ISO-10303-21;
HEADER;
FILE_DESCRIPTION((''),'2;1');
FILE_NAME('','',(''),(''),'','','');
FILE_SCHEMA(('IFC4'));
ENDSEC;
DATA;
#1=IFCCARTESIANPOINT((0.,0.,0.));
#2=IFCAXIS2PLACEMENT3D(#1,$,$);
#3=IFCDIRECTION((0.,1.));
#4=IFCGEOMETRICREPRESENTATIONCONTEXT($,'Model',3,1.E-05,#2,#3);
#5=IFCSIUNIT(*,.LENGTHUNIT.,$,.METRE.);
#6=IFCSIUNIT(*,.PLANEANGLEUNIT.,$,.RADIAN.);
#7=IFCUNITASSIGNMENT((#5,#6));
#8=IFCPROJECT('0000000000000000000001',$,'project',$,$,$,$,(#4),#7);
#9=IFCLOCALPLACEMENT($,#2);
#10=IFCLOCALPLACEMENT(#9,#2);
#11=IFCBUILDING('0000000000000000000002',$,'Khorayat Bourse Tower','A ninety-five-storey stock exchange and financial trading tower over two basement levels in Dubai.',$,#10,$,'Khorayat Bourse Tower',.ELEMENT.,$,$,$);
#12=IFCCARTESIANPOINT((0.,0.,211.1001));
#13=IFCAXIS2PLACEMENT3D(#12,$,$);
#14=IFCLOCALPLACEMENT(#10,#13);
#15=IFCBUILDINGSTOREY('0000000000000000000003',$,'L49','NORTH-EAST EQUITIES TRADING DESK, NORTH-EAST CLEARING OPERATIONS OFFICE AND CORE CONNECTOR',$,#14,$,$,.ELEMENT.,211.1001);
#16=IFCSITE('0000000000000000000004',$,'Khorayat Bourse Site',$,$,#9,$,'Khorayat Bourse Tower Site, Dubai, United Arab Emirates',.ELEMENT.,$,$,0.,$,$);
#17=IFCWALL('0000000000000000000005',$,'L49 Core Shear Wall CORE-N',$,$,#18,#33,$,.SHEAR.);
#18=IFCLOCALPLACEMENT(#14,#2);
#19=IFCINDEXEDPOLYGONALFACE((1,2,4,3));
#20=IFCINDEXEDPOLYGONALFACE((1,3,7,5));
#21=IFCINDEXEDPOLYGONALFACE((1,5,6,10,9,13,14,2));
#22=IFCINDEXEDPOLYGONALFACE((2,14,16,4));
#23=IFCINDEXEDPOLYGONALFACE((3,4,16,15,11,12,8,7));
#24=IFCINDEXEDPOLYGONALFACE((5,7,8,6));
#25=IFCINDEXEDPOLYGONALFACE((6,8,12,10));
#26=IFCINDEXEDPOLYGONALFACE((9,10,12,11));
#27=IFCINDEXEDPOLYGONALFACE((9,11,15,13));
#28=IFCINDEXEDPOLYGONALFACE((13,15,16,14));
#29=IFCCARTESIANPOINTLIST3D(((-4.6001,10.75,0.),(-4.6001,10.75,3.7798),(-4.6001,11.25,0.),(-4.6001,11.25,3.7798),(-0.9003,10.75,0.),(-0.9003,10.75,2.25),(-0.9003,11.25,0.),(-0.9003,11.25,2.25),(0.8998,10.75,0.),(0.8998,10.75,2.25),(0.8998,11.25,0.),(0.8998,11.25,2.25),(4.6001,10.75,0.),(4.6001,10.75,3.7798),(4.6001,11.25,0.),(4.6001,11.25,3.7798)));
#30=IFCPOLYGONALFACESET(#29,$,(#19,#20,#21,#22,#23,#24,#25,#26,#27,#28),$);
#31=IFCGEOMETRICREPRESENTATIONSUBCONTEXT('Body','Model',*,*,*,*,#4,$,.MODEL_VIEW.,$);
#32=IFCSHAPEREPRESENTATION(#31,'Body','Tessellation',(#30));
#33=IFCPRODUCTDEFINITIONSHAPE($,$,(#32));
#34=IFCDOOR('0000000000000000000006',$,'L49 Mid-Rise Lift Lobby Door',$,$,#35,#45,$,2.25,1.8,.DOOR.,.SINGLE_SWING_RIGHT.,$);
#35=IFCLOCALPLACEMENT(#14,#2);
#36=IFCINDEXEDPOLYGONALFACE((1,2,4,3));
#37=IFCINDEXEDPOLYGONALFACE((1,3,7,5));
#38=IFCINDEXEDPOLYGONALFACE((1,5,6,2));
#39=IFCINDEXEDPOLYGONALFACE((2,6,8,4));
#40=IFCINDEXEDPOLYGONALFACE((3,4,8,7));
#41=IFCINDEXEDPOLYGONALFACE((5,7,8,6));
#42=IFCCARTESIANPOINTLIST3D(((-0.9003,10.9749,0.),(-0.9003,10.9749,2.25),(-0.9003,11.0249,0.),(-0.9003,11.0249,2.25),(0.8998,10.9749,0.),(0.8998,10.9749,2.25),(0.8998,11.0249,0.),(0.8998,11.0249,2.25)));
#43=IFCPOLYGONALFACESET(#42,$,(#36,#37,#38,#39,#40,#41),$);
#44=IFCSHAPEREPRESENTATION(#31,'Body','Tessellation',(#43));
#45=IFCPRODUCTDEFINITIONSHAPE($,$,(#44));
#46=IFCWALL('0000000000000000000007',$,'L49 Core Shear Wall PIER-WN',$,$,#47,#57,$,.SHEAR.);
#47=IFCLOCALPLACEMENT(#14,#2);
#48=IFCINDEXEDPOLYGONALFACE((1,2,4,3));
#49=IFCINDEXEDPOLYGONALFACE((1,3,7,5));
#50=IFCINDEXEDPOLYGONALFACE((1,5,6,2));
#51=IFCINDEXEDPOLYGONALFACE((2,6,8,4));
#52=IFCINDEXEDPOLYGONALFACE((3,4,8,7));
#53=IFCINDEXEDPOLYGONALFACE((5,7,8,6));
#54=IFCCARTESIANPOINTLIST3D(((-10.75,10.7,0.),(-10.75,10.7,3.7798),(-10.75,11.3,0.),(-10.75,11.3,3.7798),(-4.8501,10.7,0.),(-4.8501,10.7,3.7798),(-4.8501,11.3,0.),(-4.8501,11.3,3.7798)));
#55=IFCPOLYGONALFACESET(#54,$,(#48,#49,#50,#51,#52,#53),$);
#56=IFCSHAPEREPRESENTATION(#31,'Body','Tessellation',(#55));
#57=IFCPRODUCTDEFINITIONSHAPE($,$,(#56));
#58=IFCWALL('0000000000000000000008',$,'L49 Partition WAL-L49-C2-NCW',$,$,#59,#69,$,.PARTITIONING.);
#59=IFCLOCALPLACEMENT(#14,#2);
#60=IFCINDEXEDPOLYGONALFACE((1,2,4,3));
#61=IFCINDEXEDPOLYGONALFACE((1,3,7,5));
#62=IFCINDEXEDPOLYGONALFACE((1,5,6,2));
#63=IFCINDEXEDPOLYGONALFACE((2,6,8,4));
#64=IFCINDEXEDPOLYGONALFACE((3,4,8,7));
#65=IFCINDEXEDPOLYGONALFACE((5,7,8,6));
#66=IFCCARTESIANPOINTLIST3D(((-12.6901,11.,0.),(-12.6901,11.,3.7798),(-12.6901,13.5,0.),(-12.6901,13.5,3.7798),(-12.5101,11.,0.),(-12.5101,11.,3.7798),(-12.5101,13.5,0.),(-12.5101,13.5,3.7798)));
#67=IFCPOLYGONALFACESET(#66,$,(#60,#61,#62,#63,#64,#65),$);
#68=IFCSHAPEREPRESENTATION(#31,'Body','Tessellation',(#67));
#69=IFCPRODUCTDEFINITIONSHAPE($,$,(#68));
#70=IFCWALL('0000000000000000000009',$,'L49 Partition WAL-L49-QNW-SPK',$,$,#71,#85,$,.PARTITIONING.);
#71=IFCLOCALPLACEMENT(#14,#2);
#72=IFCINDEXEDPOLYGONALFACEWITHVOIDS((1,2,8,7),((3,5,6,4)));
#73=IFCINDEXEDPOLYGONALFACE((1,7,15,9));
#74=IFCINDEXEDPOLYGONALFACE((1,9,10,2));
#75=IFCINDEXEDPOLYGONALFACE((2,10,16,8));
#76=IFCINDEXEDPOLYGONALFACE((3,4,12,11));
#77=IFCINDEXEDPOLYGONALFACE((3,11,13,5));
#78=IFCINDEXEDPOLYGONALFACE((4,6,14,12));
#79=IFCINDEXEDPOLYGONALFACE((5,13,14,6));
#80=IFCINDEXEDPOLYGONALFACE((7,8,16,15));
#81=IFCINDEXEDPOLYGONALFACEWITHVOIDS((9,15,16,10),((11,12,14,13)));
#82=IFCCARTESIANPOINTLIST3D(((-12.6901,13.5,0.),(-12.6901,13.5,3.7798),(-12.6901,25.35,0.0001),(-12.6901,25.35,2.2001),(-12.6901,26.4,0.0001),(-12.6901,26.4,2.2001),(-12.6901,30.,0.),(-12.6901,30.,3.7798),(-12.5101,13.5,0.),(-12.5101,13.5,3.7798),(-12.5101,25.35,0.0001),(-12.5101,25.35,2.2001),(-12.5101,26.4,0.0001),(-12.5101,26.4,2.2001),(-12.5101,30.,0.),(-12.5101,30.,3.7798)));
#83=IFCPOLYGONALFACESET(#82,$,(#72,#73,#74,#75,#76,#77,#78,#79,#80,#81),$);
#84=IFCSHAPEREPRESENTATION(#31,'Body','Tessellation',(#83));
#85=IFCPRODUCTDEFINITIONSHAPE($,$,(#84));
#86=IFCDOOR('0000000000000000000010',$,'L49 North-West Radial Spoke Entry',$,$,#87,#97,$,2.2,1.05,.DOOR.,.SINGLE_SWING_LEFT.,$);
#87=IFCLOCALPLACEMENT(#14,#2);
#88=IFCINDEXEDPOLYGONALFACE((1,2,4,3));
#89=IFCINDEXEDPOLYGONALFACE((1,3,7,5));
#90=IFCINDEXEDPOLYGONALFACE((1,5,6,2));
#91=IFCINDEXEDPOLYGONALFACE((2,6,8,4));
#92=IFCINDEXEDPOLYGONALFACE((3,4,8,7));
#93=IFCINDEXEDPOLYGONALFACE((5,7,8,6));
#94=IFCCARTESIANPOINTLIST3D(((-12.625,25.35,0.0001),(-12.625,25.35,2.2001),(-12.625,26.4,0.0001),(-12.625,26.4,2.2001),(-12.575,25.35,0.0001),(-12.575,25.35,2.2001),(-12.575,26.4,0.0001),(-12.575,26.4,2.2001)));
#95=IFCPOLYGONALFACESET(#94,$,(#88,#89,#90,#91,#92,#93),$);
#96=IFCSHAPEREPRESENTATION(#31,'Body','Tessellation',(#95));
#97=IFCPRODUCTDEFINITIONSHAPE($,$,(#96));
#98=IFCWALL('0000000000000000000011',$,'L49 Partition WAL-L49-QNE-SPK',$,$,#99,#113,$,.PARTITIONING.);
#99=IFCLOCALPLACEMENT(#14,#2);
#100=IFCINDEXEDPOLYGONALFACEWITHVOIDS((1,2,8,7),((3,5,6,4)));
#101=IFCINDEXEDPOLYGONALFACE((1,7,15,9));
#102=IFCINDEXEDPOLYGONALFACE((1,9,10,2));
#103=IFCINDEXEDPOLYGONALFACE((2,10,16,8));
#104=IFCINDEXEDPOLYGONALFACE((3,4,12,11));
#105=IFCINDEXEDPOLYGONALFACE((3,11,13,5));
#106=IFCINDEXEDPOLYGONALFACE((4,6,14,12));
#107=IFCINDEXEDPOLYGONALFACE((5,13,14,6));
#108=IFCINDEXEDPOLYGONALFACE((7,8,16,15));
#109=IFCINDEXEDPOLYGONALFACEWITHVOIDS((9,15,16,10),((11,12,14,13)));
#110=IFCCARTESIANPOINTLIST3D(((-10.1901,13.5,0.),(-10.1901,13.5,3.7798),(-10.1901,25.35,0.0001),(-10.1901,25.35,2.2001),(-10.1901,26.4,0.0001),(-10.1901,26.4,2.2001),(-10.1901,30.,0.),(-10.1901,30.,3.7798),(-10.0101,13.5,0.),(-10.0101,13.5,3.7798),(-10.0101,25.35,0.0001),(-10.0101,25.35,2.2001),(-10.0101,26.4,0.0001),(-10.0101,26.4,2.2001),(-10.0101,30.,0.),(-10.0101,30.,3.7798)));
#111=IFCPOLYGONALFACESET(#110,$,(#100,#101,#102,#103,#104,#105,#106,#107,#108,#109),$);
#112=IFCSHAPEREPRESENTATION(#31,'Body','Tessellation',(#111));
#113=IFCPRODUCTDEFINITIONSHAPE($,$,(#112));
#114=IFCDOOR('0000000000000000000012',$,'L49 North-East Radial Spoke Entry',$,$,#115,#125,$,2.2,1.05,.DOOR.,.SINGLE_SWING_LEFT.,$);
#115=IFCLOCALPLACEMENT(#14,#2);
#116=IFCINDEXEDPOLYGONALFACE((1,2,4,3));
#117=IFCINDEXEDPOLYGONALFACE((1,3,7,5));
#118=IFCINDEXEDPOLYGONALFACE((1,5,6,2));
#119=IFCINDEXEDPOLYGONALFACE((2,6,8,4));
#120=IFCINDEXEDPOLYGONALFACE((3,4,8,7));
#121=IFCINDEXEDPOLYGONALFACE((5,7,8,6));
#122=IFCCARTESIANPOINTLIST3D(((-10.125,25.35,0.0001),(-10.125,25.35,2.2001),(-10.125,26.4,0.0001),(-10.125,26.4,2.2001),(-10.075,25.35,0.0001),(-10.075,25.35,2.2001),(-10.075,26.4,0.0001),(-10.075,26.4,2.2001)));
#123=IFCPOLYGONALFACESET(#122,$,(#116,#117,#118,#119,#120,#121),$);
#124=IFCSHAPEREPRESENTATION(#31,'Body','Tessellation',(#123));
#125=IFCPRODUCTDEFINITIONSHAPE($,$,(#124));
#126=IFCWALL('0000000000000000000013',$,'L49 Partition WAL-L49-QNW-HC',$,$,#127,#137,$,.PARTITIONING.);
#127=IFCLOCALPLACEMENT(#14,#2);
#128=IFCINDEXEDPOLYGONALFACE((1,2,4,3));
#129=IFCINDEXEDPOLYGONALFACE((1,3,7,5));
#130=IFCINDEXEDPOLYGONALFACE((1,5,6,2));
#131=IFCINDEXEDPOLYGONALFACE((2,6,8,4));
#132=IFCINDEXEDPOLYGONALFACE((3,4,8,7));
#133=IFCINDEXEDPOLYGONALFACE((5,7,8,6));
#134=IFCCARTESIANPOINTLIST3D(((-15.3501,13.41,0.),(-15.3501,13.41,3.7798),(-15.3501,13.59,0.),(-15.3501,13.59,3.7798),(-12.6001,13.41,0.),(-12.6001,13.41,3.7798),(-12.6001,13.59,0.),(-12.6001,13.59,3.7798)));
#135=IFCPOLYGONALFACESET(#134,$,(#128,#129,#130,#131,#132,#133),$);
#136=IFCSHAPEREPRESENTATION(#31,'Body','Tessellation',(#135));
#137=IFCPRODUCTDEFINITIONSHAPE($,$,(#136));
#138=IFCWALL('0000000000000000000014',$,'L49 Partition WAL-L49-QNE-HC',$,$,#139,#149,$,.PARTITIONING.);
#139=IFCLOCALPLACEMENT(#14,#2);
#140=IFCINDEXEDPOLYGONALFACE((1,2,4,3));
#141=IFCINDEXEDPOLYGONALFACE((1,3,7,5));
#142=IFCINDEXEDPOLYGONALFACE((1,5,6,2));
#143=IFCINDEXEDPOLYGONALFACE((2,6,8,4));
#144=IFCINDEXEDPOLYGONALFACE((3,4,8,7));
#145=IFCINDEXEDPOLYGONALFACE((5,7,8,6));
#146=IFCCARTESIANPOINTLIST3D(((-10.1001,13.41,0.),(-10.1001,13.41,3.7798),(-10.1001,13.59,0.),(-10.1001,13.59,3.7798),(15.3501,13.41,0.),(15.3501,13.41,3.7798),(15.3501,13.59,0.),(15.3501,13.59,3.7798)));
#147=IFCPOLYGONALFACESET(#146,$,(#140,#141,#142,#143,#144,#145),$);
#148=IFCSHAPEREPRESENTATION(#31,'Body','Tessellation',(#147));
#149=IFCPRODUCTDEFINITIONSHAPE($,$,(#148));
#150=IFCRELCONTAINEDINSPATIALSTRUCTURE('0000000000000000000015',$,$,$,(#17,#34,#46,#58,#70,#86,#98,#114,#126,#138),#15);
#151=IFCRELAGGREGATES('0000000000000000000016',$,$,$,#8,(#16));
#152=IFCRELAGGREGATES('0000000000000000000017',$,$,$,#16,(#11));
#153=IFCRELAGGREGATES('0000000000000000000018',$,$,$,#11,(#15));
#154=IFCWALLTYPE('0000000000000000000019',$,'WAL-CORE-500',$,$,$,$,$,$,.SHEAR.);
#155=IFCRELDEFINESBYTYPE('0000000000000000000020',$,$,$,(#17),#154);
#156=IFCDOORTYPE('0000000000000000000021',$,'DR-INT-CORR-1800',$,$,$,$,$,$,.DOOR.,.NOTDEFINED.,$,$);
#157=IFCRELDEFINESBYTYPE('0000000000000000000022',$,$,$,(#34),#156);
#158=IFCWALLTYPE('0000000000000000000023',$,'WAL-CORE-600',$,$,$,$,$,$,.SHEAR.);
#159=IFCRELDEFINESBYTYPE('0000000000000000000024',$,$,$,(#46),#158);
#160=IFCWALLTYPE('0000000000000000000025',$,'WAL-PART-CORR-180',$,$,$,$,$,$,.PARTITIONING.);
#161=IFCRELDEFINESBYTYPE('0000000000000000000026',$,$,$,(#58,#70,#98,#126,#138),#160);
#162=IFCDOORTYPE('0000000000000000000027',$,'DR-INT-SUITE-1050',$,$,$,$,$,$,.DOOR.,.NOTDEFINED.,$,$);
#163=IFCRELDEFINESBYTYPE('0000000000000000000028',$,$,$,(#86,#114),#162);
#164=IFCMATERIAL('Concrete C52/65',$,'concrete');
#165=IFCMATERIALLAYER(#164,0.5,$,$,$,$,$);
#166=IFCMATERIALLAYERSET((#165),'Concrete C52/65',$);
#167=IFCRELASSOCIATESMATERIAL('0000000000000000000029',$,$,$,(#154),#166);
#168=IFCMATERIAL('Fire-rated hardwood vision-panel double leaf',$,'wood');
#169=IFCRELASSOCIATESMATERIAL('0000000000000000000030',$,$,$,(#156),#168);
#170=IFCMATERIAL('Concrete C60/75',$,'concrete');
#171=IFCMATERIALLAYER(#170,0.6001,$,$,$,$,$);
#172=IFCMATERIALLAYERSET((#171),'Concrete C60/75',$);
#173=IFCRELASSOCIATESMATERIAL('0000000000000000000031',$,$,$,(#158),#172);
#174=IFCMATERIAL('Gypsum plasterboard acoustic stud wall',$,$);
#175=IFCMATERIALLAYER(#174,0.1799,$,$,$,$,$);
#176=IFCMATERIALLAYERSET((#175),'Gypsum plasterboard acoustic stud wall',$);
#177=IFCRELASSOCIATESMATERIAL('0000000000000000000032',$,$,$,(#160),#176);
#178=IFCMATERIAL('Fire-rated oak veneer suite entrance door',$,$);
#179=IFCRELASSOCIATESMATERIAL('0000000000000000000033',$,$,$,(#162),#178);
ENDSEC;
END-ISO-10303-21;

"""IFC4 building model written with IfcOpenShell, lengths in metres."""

from ifc_helpers import new_model, si_unit, direction, frame, frame_2d, origin, place, context, subcontext, project, spatial, rectangle, extrude, source, transform, mapped, material, layer, layer_set, type_object, element, fill, save


model = new_model("IFC4")

# Units and contexts
model_context = context("Model", 3, precision=1e-05, world=origin(), true_north=direction((0.0, 1.0)))
body_context = subcontext(model_context, "Body", "Model", "MODEL_VIEW")
ifc_project = project(units=[si_unit("LENGTHUNIT", "METRE"), si_unit("PLANEANGLEUNIT", "RADIAN")], contexts=[model_context])

# Site, building, storey
site_placement = place(None, origin())
site = spatial("IfcSite", under=ifc_project, at=site_placement, Name="Khorayat Bourse Site", LongName="Khorayat Bourse Tower Site, Dubai, United Arab Emirates", CompositionType="ELEMENT", RefElevation=0.0)
building_placement = place(site_placement, origin())
building = spatial("IfcBuilding", under=site, at=building_placement, Name="Khorayat Bourse Tower", Description="A ninety-five-storey stock exchange and financial trading tower over two basement levels in Dubai.", LongName="Khorayat Bourse Tower", CompositionType="ELEMENT")
storey_placement = place(building_placement, frame((0.0, 0.0, 211.1001)))
storey = spatial("IfcBuildingStorey", under=building, at=storey_placement, Name="L49", Description="NORTH-EAST EQUITIES TRADING DESK, NORTH-EAST CLEARING OPERATIONS OFFICE AND CORE CONNECTOR", CompositionType="ELEMENT", Elevation=211.1001)

# Shared definitions
ifc_material_1 = material(Name="Concrete C60/75", Category="concrete")

# Wall, opening, door
ifc_material_2 = material(Name="Concrete C52/65", Category="concrete")
ifc_layer_1 = layer(ifc_material_2, 0.5)
ifc_layer_set_1 = layer_set([ifc_layer_1], Name="Concrete C52/65")
wall_type_1 = type_object("IfcWallType", Name="WAL-CORE-500", PredefinedType="SHEAR", material=ifc_layer_set_1)
shared_shape_1 = source(origin(), body_context, "Body", "SweptSolid", [
    extrude(rectangle(XDim=9.2002, YDim=0.5, at=frame_2d((4.6001, 0.0))), origin(), (0.0, 0.0, 1.0), 3.7798),
])
wall_1_placement = place(storey_placement, frame((-4.6001, 11.0, 0.0), z_axis=(0.0, 0.0, 1.0), x_axis=(1.0, 0.0, 0.0)))
wall_1 = element("IfcWall", 1, at=wall_1_placement, inside=storey, type_object=wall_type_1, Name="L49 Core Shear Wall CORE-N", PredefinedType="SHEAR", context=body_context, shape_type="MappedRepresentation", body=[
    mapped(shared_shape_1, transform((0.0, 0.0, 0.0), scale=1.0)),
])
shared_shape_2 = source(origin(), body_context, "Body", "SweptSolid", [
    extrude(rectangle(XDim=1.8, YDim=2.25, at=frame_2d((0.8999, 1.125))), frame((0.0, 0.26, 0.0), z_axis=(0.0, -1.0, 0.0), x_axis=(1.0, 0.0, 0.0)), (0.0, 0.0, 1.0), 0.52),
])
opening_1_placement = place(wall_1_placement, frame((3.7, 0.0, 0.0)))
opening_1 = element("IfcOpeningElement", 2, at=opening_1_placement, cuts=wall_1, PredefinedType="OPENING", context=body_context, shape_type="MappedRepresentation", body=[
    mapped(shared_shape_2, transform((0.0, 0.0, 0.0), scale=1.0)),
])
ifc_material_3 = material(Name="Fire-rated hardwood vision-panel double leaf", Category="wood")
door_type_1 = type_object("IfcDoorType", Name="DR-INT-CORR-1800", OperationType="NOTDEFINED", PredefinedType="DOOR", material=ifc_material_3)
shared_shape_3 = source(origin(), body_context, "Body", "SweptSolid", [
    extrude(rectangle(XDim=1.8, YDim=2.25, at=frame_2d((0.8999, 1.125))), frame((0.0, 0.0249, 0.0), z_axis=(0.0, -1.0, 0.0), x_axis=(1.0, 0.0, 0.0)), (0.0, 0.0, 1.0), 0.05),
])
door_1_placement = place(opening_1_placement, origin())
door_1 = element("IfcDoor", 3, at=door_1_placement, inside=storey, type_object=door_type_1, Name="L49 Mid-Rise Lift Lobby Door", OperationType="SINGLE_SWING_RIGHT", OverallHeight=2.25, OverallWidth=1.8, PredefinedType="DOOR", context=body_context, shape_type="MappedRepresentation", body=[
    mapped(shared_shape_3, transform((0.0, 0.0, 0.0), scale=1.0)),
])
fill(opening_1, door_1)

# Walls
ifc_layer_2 = layer(ifc_material_1, 0.6001)
ifc_layer_set_2 = layer_set([ifc_layer_2], Name="Concrete C60/75")
wall_type_2 = type_object("IfcWallType", Name="WAL-CORE-600", PredefinedType="SHEAR", material=ifc_layer_set_2)
shared_shape_4 = source(origin(), body_context, "Body", "SweptSolid", [
    extrude(rectangle(XDim=5.8999, YDim=0.6001, at=frame_2d((2.95, 0.0))), origin(), (0.0, 0.0, 1.0), 3.7798),
])
wall_2_placement = place(storey_placement, frame((-10.75, 11.0, 0.0), z_axis=(0.0, 0.0, 1.0), x_axis=(1.0, 0.0, 0.0)))
element("IfcWall", 4, at=wall_2_placement, inside=storey, type_object=wall_type_2, Name="L49 Core Shear Wall PIER-WN", PredefinedType="SHEAR", context=body_context, shape_type="MappedRepresentation", body=[
    mapped(shared_shape_4, transform((0.0, 0.0, 0.0), scale=1.0)),
])
ifc_material_4 = material(Name="Gypsum plasterboard acoustic stud wall")
ifc_layer_3 = layer(ifc_material_4, 0.1799)
ifc_layer_set_3 = layer_set([ifc_layer_3], Name="Gypsum plasterboard acoustic stud wall")
wall_type_3 = type_object("IfcWallType", Name="WAL-PART-CORR-180", PredefinedType="PARTITIONING", material=ifc_layer_set_3)
shared_shape_5 = source(origin(), body_context, "Body", "SweptSolid", [
    extrude(rectangle(XDim=2.5, YDim=0.1799, at=frame_2d((1.25, 0.0))), origin(), (0.0, 0.0, 1.0), 3.7798),
])
wall_3_placement = place(storey_placement, frame((-12.6001, 11.0, 0.0), z_axis=(0.0, 0.0, 1.0), x_axis=(0.0, 1.0, 0.0)))
element("IfcWall", 5, at=wall_3_placement, inside=storey, type_object=wall_type_3, Name="L49 Partition WAL-L49-C2-NCW", PredefinedType="PARTITIONING", context=body_context, shape_type="MappedRepresentation", body=[
    mapped(shared_shape_5, transform((0.0, 0.0, 0.0), scale=1.0)),
])

# Walls, openings, doors
shared_shape_6 = source(origin(), body_context, "Body", "SweptSolid", [
    extrude(rectangle(XDim=16.5, YDim=0.1799, at=frame_2d((8.25, 0.0))), origin(), (0.0, 0.0, 1.0), 3.7798),
])
wall_4_placement = place(storey_placement, frame((-12.6001, 13.5, 0.0), z_axis=(0.0, 0.0, 1.0), x_axis=(0.0, 1.0, 0.0)))
wall_4 = element("IfcWall", 6, at=wall_4_placement, inside=storey, type_object=wall_type_3, Name="L49 Partition WAL-L49-QNW-SPK", PredefinedType="PARTITIONING", context=body_context, shape_type="MappedRepresentation", body=[
    mapped(shared_shape_6, transform((0.0, 0.0, 0.0), scale=1.0)),
])
shared_shape_7 = source(origin(), body_context, "Body", "SweptSolid", [
    extrude(rectangle(XDim=1.05, YDim=2.2, at=frame_2d((0.5249, 1.1001))), frame((0.0, 0.0999, 0.0), z_axis=(0.0, -1.0, 0.0), x_axis=(1.0, 0.0, 0.0)), (0.0, 0.0, 1.0), 0.2),
])
opening_2_placement = place(wall_4_placement, frame((11.8501, 0.0, 0.0)))
opening_2 = element("IfcOpeningElement", 7, at=opening_2_placement, cuts=wall_4, PredefinedType="OPENING", context=body_context, shape_type="MappedRepresentation", body=[
    mapped(shared_shape_7, transform((0.0, 0.0, 0.0), scale=1.0)),
])
ifc_material_5 = material(Name="Fire-rated oak veneer suite entrance door")
door_type_2 = type_object("IfcDoorType", Name="DR-INT-SUITE-1050", OperationType="NOTDEFINED", PredefinedType="DOOR", material=ifc_material_5)
shared_shape_8 = source(origin(), body_context, "Body", "SweptSolid", [
    extrude(rectangle(XDim=1.05, YDim=2.2, at=frame_2d((0.5249, 1.1001))), frame((0.0, 0.0249, 0.0), z_axis=(0.0, -1.0, 0.0), x_axis=(1.0, 0.0, 0.0)), (0.0, 0.0, 1.0), 0.05),
])
door_2_placement = place(opening_2_placement, origin())
door_2 = element("IfcDoor", 8, at=door_2_placement, inside=storey, type_object=door_type_2, Name="L49 North-West Radial Spoke Entry", OperationType="SINGLE_SWING_LEFT", OverallHeight=2.2, OverallWidth=1.05, PredefinedType="DOOR", context=body_context, shape_type="MappedRepresentation", body=[
    mapped(shared_shape_8, transform((0.0, 0.0, 0.0), scale=1.0)),
])
fill(opening_2, door_2)
wall_5_placement = place(storey_placement, frame((-10.1001, 13.5, 0.0), z_axis=(0.0, 0.0, 1.0), x_axis=(0.0, 1.0, 0.0)))
wall_5 = element("IfcWall", 9, at=wall_5_placement, inside=storey, type_object=wall_type_3, Name="L49 Partition WAL-L49-QNE-SPK", PredefinedType="PARTITIONING", context=body_context, shape_type="MappedRepresentation", body=[
    mapped(shared_shape_6, transform((0.0, 0.0, 0.0), scale=1.0)),
])
opening_3_placement = place(wall_5_placement, frame((11.8501, 0.0, 0.0)))
opening_3 = element("IfcOpeningElement", 10, at=opening_3_placement, cuts=wall_5, PredefinedType="OPENING", context=body_context, shape_type="MappedRepresentation", body=[
    mapped(shared_shape_7, transform((0.0, 0.0, 0.0), scale=1.0)),
])
door_3_placement = place(opening_3_placement, origin())
door_3 = element("IfcDoor", 11, at=door_3_placement, inside=storey, type_object=door_type_2, Name="L49 North-East Radial Spoke Entry", OperationType="SINGLE_SWING_LEFT", OverallHeight=2.2, OverallWidth=1.05, PredefinedType="DOOR", context=body_context, shape_type="MappedRepresentation", body=[
    mapped(shared_shape_8, transform((0.0, 0.0, 0.0), scale=1.0)),
])
fill(opening_3, door_3)

# Walls
shared_shape_9 = source(origin(), body_context, "Body", "SweptSolid", [
    extrude(rectangle(XDim=2.75, YDim=0.1799, at=frame_2d((1.375, 0.0))), origin(), (0.0, 0.0, 1.0), 3.7798),
])
wall_6_placement = place(storey_placement, frame((-15.3501, 13.5, 0.0), z_axis=(0.0, 0.0, 1.0), x_axis=(1.0, 0.0, 0.0)))
element("IfcWall", 12, at=wall_6_placement, inside=storey, type_object=wall_type_3, Name="L49 Partition WAL-L49-QNW-HC", PredefinedType="PARTITIONING", context=body_context, shape_type="MappedRepresentation", body=[
    mapped(shared_shape_9, transform((0.0, 0.0, 0.0), scale=1.0)),
])
shared_shape_10 = source(origin(), body_context, "Body", "SweptSolid", [
    extrude(rectangle(XDim=25.4502, YDim=0.1799, at=frame_2d((12.7251, 0.0))), origin(), (0.0, 0.0, 1.0), 3.7798),
])
wall_7_placement = place(storey_placement, frame((-10.1001, 13.5, 0.0), z_axis=(0.0, 0.0, 1.0), x_axis=(1.0, 0.0, 0.0)))
element("IfcWall", 13, at=wall_7_placement, inside=storey, type_object=wall_type_3, Name="L49 Partition WAL-L49-QNE-HC", PredefinedType="PARTITIONING", context=body_context, shape_type="MappedRepresentation", body=[
    mapped(shared_shape_10, transform((0.0, 0.0, 0.0), scale=1.0)),
])

save(model, "model.ifc")
